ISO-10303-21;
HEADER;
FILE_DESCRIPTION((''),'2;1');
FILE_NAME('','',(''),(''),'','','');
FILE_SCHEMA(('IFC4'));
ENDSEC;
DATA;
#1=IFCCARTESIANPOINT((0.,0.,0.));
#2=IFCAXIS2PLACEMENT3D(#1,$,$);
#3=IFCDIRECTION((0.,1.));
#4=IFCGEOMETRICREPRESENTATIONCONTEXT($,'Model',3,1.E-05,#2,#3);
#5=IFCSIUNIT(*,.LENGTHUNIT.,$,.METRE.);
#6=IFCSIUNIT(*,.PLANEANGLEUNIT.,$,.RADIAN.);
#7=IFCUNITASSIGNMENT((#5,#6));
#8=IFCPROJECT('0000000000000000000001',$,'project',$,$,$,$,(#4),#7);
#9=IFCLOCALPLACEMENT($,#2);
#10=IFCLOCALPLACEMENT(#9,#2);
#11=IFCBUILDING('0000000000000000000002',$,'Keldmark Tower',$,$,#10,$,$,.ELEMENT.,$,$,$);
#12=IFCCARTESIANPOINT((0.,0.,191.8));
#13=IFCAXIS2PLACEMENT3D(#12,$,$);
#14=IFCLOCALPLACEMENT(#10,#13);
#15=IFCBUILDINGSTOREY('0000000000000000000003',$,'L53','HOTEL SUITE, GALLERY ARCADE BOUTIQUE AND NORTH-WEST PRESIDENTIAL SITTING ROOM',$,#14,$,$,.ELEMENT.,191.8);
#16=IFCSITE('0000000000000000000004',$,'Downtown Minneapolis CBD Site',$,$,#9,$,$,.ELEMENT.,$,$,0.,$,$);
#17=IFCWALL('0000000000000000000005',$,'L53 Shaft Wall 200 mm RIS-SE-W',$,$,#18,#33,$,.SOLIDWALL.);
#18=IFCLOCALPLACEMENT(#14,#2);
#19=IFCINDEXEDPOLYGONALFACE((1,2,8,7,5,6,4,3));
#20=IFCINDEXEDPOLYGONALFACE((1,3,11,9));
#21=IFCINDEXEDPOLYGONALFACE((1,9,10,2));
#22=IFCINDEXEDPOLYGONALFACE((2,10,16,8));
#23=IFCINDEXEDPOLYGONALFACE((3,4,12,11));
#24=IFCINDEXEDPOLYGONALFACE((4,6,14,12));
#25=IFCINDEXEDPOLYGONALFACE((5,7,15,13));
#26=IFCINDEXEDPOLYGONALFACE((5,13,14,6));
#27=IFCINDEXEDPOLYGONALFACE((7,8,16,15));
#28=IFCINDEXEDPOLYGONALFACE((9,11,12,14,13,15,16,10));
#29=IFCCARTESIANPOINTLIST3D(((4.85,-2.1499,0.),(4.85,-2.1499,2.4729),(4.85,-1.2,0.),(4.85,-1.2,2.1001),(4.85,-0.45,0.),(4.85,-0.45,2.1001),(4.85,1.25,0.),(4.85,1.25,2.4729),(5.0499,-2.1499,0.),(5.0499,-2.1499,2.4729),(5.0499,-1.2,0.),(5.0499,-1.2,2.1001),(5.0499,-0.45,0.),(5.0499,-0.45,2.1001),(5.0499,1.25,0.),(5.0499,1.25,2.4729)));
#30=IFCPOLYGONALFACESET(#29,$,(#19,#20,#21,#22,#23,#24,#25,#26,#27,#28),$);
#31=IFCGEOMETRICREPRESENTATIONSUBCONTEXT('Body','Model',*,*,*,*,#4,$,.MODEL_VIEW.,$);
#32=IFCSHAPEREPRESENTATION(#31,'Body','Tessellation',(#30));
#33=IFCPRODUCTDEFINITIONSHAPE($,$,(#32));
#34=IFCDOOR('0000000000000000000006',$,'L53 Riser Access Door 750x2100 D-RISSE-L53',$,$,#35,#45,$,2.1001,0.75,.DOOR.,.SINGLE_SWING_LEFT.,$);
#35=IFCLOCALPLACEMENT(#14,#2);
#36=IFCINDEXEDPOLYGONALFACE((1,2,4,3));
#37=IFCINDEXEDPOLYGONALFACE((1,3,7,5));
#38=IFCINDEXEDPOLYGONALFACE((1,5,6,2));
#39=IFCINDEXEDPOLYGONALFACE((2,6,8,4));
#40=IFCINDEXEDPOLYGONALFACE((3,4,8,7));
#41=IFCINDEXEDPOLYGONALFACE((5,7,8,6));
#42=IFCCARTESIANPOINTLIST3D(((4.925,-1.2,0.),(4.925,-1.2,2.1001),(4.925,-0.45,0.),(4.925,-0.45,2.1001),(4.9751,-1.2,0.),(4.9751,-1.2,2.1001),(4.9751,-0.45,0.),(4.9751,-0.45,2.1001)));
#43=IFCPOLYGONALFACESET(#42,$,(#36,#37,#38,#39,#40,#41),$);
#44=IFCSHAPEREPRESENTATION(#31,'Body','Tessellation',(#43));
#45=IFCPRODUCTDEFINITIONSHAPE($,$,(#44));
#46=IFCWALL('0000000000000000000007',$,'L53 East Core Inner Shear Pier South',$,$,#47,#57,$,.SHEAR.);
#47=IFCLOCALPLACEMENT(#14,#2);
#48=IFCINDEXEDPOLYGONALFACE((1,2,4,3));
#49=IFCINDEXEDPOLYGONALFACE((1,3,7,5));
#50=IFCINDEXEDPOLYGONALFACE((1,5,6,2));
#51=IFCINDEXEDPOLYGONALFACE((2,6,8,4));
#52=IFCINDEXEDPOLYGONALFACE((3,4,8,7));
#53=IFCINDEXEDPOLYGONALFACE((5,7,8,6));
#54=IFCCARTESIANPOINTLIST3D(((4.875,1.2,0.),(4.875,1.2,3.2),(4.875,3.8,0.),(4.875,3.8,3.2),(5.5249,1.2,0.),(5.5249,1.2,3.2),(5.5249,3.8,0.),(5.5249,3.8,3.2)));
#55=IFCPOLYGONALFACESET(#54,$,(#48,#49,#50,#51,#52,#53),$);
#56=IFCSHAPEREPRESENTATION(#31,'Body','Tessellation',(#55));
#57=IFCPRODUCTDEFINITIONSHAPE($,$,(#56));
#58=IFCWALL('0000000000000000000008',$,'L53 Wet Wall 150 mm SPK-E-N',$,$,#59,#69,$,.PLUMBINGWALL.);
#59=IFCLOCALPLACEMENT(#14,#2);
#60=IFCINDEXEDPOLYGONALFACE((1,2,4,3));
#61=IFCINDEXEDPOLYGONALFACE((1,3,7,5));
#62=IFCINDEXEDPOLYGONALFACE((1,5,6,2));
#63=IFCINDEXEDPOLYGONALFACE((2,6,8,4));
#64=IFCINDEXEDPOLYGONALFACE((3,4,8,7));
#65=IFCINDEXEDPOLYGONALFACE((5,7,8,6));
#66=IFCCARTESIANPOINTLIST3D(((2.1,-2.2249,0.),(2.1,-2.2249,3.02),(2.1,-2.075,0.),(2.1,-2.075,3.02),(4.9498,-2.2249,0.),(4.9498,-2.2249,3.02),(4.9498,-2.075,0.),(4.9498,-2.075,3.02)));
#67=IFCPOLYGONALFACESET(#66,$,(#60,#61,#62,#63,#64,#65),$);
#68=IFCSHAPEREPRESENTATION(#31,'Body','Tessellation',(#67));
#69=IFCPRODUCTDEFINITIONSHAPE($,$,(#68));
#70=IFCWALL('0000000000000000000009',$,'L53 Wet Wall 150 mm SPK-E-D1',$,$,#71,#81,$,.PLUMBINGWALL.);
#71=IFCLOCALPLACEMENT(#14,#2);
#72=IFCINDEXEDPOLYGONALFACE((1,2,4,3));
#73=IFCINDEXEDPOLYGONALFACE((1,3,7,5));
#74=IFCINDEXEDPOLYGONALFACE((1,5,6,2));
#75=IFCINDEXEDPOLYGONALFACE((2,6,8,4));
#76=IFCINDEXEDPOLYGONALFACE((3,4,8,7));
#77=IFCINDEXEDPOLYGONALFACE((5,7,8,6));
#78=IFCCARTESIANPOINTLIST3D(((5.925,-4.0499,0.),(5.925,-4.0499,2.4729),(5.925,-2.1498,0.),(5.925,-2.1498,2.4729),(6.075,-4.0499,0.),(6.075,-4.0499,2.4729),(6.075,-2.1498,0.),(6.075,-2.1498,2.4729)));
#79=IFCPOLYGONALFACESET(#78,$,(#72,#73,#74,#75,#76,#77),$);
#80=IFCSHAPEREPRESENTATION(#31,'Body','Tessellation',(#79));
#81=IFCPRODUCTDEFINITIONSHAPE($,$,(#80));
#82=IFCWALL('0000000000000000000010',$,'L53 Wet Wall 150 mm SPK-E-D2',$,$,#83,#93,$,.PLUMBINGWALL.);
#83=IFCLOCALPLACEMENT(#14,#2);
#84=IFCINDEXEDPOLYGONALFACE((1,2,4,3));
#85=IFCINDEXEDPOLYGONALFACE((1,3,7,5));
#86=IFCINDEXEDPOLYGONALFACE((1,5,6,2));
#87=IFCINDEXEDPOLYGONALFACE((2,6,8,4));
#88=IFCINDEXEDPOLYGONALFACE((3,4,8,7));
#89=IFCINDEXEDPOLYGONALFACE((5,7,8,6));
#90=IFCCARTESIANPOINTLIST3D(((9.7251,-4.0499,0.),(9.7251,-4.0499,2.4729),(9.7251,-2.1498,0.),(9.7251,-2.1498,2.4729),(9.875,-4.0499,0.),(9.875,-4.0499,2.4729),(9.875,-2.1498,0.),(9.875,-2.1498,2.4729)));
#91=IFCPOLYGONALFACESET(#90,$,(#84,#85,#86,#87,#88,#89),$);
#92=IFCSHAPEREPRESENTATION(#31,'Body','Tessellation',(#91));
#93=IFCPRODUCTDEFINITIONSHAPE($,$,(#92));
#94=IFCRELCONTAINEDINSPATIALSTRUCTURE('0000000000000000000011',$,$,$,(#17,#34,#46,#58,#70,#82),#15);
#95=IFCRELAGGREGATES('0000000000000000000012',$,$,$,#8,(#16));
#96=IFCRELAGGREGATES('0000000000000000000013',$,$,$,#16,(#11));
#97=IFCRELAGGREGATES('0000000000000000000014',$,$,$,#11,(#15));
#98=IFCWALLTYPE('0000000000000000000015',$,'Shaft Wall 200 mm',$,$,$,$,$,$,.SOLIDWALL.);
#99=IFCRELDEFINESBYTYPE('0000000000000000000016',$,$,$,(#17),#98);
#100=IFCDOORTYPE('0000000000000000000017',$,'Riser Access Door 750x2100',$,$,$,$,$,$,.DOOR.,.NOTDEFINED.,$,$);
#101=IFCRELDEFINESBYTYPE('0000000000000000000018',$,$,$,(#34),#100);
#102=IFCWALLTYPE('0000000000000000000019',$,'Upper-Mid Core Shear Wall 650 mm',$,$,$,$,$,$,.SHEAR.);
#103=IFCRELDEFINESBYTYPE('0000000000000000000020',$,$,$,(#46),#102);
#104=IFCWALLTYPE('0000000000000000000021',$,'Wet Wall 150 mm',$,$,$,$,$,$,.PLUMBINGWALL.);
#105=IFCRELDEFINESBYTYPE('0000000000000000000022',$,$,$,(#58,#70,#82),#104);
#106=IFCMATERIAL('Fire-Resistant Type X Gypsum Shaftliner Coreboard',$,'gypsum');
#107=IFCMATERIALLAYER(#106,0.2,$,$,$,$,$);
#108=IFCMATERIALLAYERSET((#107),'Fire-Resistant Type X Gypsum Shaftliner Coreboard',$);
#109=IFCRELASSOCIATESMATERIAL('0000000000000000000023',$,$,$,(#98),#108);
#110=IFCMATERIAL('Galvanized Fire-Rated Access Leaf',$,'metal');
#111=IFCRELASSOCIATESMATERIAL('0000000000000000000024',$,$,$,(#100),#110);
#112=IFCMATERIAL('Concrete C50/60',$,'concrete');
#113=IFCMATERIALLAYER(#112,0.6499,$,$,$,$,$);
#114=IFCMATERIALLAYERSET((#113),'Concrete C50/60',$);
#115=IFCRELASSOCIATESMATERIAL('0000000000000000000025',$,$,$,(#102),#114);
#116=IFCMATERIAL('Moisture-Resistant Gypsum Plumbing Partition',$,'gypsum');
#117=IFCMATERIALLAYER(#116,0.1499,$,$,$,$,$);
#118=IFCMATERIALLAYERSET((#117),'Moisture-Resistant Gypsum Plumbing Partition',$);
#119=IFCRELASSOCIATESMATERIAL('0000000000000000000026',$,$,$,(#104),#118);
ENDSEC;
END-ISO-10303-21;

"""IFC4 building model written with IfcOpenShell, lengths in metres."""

from ifc_helpers import new_model, si_unit, direction, frame, frame_2d, origin, place, context, subcontext, project, spatial, rectangle, extrude, material, layer, layer_set, type_object, element, fill, save


model = new_model("IFC4")

# Units and contexts
model_context = context("Model", 3, precision=1e-05, world=origin(), true_north=direction((0.0, 1.0)))
body_context = subcontext(model_context, "Body", "Model", "MODEL_VIEW")
ifc_project = project(units=[si_unit("LENGTHUNIT", "METRE"), si_unit("PLANEANGLEUNIT", "RADIAN")], contexts=[model_context])

# Site, building, storey
site_placement = place(None, origin())
site = spatial("IfcSite", under=ifc_project, at=site_placement, Name="Downtown Minneapolis CBD Site", CompositionType="ELEMENT", RefElevation=0.0)
building_placement = place(site_placement, origin())
building = spatial("IfcBuilding", under=site, at=building_placement, Name="Keldmark Tower", CompositionType="ELEMENT")
storey_placement = place(building_placement, frame((0.0, 0.0, 191.8)))
storey = spatial("IfcBuildingStorey", under=building, at=storey_placement, Name="L53", Description="HOTEL SUITE, GALLERY ARCADE BOUTIQUE AND NORTH-WEST PRESIDENTIAL SITTING ROOM", CompositionType="ELEMENT", Elevation=191.8)

# Shared definitions
ifc_material_1 = material(Name="Fire-Resistant Type X Gypsum Shaftliner Coreboard", Category="gypsum")
ifc_layer_1 = layer(ifc_material_1, 0.2)
ifc_layer_set_1 = layer_set([ifc_layer_1], Name="Fire-Resistant Type X Gypsum Shaftliner Coreboard")
wall_type_1 = type_object("IfcWallType", Name="Shaft Wall 200 mm", PredefinedType="SOLIDWALL", material=ifc_layer_set_1)

# Wall, opening, door
wall_1_placement = place(storey_placement, frame((4.95, -2.1499, 0.0), z_axis=(0.0, 0.0, 1.0), x_axis=(0.0, 1.0, 0.0)))
wall_1 = element("IfcWall", 1, at=wall_1_placement, inside=storey, type_object=wall_type_1, Name="L53 Shaft Wall 200 mm RIS-SE-W", PredefinedType="SOLIDWALL", context=body_context, shape_type="SweptSolid", body=[
    extrude(rectangle(XDim=3.3999, YDim=0.2, at=frame_2d((1.7, 0.0))), origin(), (0.0, 0.0, 1.0), 2.4729),
])
opening_1_placement = place(wall_1_placement, frame((0.95, 0.0, 0.0)))
opening_1 = element("IfcOpeningElement", 2, at=opening_1_placement, cuts=wall_1, PredefinedType="OPENING", context=body_context, shape_type="SweptSolid", body=[
    extrude(rectangle(XDim=0.75, YDim=2.1001, at=frame_2d((0.375, 1.05))), frame((0.0, 0.1099, 0.0), z_axis=(0.0, -1.0, 0.0), x_axis=(1.0, 0.0, 0.0)), (0.0, 0.0, 1.0), 0.22),
])
ifc_material_2 = material(Name="Galvanized Fire-Rated Access Leaf", Category="metal")
door_type_1 = type_object("IfcDoorType", Name="Riser Access Door 750x2100", OperationType="NOTDEFINED", PredefinedType="DOOR", material=ifc_material_2)
door_1_placement = place(opening_1_placement, origin())
door_1 = element("IfcDoor", 3, at=door_1_placement, inside=storey, type_object=door_type_1, Name="L53 Riser Access Door 750x2100 D-RISSE-L53", OperationType="SINGLE_SWING_LEFT", OverallHeight=2.1001, OverallWidth=0.75, PredefinedType="DOOR", context=body_context, shape_type="SweptSolid", body=[
    extrude(rectangle(XDim=0.75, YDim=2.1001, at=frame_2d((0.375, 1.05))), frame((0.0, 0.0249, 0.0), z_axis=(0.0, -1.0, 0.0), x_axis=(1.0, 0.0, 0.0)), (0.0, 0.0, 1.0), 0.05),
])
fill(opening_1, door_1)

# Walls
ifc_material_3 = material(Name="Concrete C50/60", Category="concrete")
ifc_layer_2 = layer(ifc_material_3, 0.6499)
ifc_layer_set_2 = layer_set([ifc_layer_2], Name="Concrete C50/60")
wall_type_2 = type_object("IfcWallType", Name="Upper-Mid Core Shear Wall 650 mm", PredefinedType="SHEAR", material=ifc_layer_set_2)
wall_2_placement = place(storey_placement, frame((5.2, 1.2, 0.0), z_axis=(0.0, 0.0, 1.0), x_axis=(0.0, 1.0, 0.0)))
element("IfcWall", 4, at=wall_2_placement, inside=storey, type_object=wall_type_2, Name="L53 East Core Inner Shear Pier South", PredefinedType="SHEAR", context=body_context, shape_type="SweptSolid", body=[
    extrude(rectangle(XDim=2.6001, YDim=0.6499, at=frame_2d((1.3, 0.0))), origin(), (0.0, 0.0, 1.0), 3.2),
])
ifc_material_4 = material(Name="Moisture-Resistant Gypsum Plumbing Partition", Category="gypsum")
ifc_layer_3 = layer(ifc_material_4, 0.1499)
ifc_layer_set_3 = layer_set([ifc_layer_3], Name="Moisture-Resistant Gypsum Plumbing Partition")
wall_type_3 = type_object("IfcWallType", Name="Wet Wall 150 mm", PredefinedType="PLUMBINGWALL", material=ifc_layer_set_3)
wall_3_placement = place(storey_placement, frame((2.1001, -2.1499, 0.0), z_axis=(0.0, 0.0, 1.0), x_axis=(1.0, 0.0, 0.0)))
element("IfcWall", 5, at=wall_3_placement, inside=storey, type_object=wall_type_3, Name="L53 Wet Wall 150 mm SPK-E-N", PredefinedType="PLUMBINGWALL", context=body_context, shape_type="SweptSolid", body=[
    extrude(rectangle(XDim=2.8499, YDim=0.1499, at=frame_2d((1.4248, 0.0))), origin(), (0.0, 0.0, 1.0), 3.02),
])
for number, where, z_axis, x_axis, name in (
    (6, (6.0, -4.05, 0.0), (0.0, 0.0, 1.0), (0.0, 1.0, 0.0), "L53 Wet Wall 150 mm SPK-E-D1"),
    (7, (9.8, -4.05, 0.0), (0.0, 0.0, 1.0), (0.0, 1.0, 0.0), "L53 Wet Wall 150 mm SPK-E-D2"),
):
    element("IfcWall", number, at=place(storey_placement, frame(where, z_axis=z_axis, x_axis=x_axis)), inside=storey, type_object=wall_type_3, Name=name, PredefinedType="PLUMBINGWALL", context=body_context, shape_type="SweptSolid", body=[
        extrude(rectangle(XDim=1.9001, YDim=0.1499, at=frame_2d((0.9502, 0.0))), origin(), (0.0, 0.0, 1.0), 2.4729),
    ])

save(model, "model.ifc")
